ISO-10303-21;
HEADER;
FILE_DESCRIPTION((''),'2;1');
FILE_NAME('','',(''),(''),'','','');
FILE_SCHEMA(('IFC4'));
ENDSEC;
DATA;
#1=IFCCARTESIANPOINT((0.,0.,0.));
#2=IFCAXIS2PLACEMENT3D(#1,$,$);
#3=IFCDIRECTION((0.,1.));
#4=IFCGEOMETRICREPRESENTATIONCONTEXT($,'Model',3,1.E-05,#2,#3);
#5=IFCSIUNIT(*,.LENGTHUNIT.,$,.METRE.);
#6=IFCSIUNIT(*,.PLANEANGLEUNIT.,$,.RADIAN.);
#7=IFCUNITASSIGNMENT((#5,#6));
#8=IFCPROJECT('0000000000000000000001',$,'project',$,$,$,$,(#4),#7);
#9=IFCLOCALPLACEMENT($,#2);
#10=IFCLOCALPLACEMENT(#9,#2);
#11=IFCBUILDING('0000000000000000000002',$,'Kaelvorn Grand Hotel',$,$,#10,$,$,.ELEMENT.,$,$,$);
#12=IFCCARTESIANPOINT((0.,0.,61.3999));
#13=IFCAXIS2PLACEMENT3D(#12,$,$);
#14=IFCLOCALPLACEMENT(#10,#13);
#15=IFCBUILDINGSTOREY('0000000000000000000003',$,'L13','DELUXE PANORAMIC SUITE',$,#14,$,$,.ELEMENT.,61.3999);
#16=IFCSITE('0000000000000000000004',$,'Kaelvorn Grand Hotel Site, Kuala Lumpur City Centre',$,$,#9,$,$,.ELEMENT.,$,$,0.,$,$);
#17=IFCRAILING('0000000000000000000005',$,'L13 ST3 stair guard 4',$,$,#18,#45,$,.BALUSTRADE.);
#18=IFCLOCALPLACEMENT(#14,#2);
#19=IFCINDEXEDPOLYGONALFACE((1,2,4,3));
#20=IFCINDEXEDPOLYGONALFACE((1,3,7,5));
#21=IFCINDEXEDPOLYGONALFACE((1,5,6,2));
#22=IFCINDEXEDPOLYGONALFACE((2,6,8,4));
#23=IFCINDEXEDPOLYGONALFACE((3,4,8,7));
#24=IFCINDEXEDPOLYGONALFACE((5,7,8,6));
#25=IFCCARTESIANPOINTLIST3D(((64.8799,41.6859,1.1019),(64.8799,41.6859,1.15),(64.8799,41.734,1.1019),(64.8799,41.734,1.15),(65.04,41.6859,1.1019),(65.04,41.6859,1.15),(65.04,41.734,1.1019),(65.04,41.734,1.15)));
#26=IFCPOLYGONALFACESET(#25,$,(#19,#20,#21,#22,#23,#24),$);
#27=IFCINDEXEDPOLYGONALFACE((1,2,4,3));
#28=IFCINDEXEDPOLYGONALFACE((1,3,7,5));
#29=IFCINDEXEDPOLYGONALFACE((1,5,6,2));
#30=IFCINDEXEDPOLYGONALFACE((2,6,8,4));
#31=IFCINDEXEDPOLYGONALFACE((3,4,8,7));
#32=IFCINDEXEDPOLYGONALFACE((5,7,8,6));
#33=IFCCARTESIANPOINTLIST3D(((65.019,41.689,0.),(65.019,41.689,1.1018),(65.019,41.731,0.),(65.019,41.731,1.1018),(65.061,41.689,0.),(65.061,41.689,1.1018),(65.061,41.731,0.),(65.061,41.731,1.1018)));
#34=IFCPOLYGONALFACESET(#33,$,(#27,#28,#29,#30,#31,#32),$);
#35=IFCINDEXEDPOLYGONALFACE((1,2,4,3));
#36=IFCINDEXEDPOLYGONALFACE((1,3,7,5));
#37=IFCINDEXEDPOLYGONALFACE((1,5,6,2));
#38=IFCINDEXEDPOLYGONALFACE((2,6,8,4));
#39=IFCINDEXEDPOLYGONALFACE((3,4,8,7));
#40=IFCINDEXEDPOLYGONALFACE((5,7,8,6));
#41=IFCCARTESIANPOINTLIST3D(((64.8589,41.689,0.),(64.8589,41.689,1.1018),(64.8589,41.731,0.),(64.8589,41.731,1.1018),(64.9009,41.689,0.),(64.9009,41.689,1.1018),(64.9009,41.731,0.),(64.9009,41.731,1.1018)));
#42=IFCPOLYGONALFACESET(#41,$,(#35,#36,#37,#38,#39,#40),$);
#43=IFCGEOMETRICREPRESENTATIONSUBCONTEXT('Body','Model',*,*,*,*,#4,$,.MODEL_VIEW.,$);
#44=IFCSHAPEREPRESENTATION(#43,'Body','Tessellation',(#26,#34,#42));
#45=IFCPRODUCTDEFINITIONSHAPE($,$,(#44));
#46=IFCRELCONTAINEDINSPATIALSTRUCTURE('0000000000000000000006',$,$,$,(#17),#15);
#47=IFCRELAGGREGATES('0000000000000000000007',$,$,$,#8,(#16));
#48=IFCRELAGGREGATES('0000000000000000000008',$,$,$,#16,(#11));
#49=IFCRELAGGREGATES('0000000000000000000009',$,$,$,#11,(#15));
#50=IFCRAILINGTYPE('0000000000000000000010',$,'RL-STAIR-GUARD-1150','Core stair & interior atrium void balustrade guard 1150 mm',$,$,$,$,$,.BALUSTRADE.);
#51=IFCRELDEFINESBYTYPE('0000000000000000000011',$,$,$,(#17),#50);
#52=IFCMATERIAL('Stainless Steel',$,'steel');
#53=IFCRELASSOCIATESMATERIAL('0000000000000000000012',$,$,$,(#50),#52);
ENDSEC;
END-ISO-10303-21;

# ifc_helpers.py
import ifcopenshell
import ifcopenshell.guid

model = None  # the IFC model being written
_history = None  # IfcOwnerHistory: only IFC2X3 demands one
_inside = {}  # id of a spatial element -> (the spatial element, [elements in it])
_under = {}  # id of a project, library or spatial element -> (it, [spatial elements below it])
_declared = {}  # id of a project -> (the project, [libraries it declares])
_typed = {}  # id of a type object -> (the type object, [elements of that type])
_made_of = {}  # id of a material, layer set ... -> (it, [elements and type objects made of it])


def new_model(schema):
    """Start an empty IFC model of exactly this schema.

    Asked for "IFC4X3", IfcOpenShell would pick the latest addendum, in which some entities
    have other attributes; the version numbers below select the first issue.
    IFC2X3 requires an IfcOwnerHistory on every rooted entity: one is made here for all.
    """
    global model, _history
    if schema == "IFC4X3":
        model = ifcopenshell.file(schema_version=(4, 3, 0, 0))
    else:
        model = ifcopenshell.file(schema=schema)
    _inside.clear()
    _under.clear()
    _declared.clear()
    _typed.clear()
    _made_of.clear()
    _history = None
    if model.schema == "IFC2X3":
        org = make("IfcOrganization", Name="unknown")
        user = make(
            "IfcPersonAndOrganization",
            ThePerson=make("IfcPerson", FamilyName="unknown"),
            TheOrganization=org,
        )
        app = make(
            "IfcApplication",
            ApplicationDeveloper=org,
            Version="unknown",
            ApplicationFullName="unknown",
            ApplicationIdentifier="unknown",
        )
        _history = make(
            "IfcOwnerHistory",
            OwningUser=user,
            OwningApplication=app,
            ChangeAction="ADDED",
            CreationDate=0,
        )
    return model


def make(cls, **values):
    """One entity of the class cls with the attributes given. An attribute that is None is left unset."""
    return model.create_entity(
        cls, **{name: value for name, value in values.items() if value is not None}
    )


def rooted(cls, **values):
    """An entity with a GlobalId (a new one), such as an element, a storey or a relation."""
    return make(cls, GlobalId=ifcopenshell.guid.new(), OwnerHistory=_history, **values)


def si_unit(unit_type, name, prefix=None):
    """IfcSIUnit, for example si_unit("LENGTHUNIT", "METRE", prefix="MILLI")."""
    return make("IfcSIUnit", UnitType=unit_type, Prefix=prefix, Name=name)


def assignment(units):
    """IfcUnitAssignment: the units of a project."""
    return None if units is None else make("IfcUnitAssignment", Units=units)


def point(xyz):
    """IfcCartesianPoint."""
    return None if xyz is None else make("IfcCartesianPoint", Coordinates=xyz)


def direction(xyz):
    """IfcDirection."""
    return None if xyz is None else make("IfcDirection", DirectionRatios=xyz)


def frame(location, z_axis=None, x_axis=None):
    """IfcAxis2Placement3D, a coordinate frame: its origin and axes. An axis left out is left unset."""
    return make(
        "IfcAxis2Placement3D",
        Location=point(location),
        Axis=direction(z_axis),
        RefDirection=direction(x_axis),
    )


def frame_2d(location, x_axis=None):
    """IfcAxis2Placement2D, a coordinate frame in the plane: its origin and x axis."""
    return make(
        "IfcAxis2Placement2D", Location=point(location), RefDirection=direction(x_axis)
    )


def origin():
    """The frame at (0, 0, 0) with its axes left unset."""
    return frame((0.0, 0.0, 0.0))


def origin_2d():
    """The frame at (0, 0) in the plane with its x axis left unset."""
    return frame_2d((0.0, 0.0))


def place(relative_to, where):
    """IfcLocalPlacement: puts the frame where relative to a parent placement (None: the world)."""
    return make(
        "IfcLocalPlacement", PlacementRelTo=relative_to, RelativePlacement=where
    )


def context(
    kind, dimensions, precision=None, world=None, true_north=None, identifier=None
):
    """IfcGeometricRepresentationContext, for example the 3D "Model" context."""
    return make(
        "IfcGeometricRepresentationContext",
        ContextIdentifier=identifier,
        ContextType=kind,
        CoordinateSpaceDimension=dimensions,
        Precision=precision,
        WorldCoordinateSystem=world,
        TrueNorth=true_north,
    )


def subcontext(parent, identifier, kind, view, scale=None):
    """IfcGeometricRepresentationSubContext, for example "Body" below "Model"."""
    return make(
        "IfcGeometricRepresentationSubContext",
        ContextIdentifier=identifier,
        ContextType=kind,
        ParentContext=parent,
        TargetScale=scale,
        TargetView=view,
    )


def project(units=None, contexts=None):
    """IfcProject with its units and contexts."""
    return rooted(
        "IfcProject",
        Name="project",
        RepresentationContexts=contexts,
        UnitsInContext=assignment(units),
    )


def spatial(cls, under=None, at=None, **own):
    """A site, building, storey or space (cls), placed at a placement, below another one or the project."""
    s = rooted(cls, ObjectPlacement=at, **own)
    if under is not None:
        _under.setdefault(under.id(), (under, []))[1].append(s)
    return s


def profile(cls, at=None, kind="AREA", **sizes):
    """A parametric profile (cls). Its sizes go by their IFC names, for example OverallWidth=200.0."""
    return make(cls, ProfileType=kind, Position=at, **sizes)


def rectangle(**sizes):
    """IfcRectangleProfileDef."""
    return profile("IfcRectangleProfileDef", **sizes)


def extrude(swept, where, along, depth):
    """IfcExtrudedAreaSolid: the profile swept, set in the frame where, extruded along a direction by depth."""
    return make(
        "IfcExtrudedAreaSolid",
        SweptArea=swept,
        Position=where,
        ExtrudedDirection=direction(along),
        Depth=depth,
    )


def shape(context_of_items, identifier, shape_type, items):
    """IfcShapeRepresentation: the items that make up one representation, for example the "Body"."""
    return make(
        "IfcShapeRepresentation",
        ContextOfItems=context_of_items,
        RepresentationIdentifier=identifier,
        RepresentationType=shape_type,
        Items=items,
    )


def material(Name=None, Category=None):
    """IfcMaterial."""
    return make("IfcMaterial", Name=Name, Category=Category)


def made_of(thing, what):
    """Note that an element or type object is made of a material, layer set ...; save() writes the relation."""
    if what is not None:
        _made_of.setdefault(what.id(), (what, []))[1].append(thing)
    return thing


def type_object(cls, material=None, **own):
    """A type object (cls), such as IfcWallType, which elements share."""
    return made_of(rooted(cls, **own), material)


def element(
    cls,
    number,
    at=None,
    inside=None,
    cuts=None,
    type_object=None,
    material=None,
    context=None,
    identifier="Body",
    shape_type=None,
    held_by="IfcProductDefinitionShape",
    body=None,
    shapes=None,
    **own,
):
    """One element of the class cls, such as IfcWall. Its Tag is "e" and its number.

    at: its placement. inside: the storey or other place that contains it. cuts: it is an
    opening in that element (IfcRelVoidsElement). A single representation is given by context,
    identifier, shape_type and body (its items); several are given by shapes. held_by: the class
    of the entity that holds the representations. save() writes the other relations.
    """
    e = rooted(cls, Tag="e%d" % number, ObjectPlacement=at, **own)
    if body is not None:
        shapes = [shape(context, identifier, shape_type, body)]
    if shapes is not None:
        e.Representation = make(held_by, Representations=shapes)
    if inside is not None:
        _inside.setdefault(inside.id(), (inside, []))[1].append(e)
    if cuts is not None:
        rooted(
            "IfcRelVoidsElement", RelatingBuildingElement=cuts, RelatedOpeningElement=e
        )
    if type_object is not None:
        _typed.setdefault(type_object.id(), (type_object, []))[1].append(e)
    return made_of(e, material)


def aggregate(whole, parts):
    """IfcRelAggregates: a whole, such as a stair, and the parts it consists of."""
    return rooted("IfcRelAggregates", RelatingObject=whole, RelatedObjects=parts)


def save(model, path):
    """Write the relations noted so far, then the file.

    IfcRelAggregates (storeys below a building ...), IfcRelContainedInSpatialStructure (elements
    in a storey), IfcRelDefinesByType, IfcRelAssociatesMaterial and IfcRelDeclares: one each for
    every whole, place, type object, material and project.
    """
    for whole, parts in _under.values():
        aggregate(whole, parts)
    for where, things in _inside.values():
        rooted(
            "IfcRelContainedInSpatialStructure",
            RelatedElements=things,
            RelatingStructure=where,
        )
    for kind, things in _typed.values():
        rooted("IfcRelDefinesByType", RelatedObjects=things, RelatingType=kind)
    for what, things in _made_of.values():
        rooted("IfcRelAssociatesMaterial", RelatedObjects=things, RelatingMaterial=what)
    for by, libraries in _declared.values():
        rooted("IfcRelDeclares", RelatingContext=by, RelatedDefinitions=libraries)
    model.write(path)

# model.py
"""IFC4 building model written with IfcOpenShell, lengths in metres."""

from ifc_helpers import new_model, si_unit, direction, frame, origin, origin_2d, place, context, subcontext, project, spatial, rectangle, extrude, material, type_object, element, save


model = new_model("IFC4")

# Units and contexts
model_context = context("Model", 3, precision=1e-05, world=origin(), true_north=direction((0.0, 1.0)))
body_context = subcontext(model_context, "Body", "Model", "MODEL_VIEW")
ifc_project = project(units=[si_unit("LENGTHUNIT", "METRE"), si_unit("PLANEANGLEUNIT", "RADIAN")], contexts=[model_context])

# Site, building, storey
site_placement = place(None, origin())
site = spatial("IfcSite", under=ifc_project, at=site_placement, Name="Kaelvorn Grand Hotel Site, Kuala Lumpur City Centre", CompositionType="ELEMENT", RefElevation=0.0)
building_placement = place(site_placement, origin())
building = spatial("IfcBuilding", under=site, at=building_placement, Name="Kaelvorn Grand Hotel", CompositionType="ELEMENT")
storey_placement = place(building_placement, frame((0.0, 0.0, 61.3999)))
storey = spatial("IfcBuildingStorey", under=building, at=storey_placement, Name="L13", Description="DELUXE PANORAMIC SUITE", CompositionType="ELEMENT", Elevation=61.3999)

# Shared definitions
ifc_material_1 = material(Name="Stainless Steel", Category="steel")

# Railing
railing_type_1 = type_object("IfcRailingType", Name="RL-STAIR-GUARD-1150", Description="Core stair & interior atrium void balustrade guard 1150 mm", PredefinedType="BALUSTRADE", material=ifc_material_1)
railing_1_placement = place(storey_placement, frame((65.04, 41.71, 0.0)))
element("IfcRailing", 1, at=railing_1_placement, inside=storey, type_object=railing_type_1, Name="L13 ST3 stair guard 4", PredefinedType="BALUSTRADE", context=body_context, shape_type="SweptSolid", body=[
    extrude(rectangle(XDim=0.0481, YDim=0.0481, at=origin_2d()), frame((0.0, 0.0, 1.126), z_axis=(-1.0, 0.0, 0.0), x_axis=(0.0, -1.0, 0.0)), (0.0, 0.0, 1.0), 0.1602),
    extrude(rectangle(XDim=0.042, YDim=0.042, at=origin_2d()), origin(), (0.0, 0.0, 1.0), 1.1018),
    extrude(rectangle(XDim=0.042, YDim=0.042, at=origin_2d()), frame((-0.1602, 0.0, 0.0)), (0.0, 0.0, 1.0), 1.1018),
])

save(model, "model.ifc")
